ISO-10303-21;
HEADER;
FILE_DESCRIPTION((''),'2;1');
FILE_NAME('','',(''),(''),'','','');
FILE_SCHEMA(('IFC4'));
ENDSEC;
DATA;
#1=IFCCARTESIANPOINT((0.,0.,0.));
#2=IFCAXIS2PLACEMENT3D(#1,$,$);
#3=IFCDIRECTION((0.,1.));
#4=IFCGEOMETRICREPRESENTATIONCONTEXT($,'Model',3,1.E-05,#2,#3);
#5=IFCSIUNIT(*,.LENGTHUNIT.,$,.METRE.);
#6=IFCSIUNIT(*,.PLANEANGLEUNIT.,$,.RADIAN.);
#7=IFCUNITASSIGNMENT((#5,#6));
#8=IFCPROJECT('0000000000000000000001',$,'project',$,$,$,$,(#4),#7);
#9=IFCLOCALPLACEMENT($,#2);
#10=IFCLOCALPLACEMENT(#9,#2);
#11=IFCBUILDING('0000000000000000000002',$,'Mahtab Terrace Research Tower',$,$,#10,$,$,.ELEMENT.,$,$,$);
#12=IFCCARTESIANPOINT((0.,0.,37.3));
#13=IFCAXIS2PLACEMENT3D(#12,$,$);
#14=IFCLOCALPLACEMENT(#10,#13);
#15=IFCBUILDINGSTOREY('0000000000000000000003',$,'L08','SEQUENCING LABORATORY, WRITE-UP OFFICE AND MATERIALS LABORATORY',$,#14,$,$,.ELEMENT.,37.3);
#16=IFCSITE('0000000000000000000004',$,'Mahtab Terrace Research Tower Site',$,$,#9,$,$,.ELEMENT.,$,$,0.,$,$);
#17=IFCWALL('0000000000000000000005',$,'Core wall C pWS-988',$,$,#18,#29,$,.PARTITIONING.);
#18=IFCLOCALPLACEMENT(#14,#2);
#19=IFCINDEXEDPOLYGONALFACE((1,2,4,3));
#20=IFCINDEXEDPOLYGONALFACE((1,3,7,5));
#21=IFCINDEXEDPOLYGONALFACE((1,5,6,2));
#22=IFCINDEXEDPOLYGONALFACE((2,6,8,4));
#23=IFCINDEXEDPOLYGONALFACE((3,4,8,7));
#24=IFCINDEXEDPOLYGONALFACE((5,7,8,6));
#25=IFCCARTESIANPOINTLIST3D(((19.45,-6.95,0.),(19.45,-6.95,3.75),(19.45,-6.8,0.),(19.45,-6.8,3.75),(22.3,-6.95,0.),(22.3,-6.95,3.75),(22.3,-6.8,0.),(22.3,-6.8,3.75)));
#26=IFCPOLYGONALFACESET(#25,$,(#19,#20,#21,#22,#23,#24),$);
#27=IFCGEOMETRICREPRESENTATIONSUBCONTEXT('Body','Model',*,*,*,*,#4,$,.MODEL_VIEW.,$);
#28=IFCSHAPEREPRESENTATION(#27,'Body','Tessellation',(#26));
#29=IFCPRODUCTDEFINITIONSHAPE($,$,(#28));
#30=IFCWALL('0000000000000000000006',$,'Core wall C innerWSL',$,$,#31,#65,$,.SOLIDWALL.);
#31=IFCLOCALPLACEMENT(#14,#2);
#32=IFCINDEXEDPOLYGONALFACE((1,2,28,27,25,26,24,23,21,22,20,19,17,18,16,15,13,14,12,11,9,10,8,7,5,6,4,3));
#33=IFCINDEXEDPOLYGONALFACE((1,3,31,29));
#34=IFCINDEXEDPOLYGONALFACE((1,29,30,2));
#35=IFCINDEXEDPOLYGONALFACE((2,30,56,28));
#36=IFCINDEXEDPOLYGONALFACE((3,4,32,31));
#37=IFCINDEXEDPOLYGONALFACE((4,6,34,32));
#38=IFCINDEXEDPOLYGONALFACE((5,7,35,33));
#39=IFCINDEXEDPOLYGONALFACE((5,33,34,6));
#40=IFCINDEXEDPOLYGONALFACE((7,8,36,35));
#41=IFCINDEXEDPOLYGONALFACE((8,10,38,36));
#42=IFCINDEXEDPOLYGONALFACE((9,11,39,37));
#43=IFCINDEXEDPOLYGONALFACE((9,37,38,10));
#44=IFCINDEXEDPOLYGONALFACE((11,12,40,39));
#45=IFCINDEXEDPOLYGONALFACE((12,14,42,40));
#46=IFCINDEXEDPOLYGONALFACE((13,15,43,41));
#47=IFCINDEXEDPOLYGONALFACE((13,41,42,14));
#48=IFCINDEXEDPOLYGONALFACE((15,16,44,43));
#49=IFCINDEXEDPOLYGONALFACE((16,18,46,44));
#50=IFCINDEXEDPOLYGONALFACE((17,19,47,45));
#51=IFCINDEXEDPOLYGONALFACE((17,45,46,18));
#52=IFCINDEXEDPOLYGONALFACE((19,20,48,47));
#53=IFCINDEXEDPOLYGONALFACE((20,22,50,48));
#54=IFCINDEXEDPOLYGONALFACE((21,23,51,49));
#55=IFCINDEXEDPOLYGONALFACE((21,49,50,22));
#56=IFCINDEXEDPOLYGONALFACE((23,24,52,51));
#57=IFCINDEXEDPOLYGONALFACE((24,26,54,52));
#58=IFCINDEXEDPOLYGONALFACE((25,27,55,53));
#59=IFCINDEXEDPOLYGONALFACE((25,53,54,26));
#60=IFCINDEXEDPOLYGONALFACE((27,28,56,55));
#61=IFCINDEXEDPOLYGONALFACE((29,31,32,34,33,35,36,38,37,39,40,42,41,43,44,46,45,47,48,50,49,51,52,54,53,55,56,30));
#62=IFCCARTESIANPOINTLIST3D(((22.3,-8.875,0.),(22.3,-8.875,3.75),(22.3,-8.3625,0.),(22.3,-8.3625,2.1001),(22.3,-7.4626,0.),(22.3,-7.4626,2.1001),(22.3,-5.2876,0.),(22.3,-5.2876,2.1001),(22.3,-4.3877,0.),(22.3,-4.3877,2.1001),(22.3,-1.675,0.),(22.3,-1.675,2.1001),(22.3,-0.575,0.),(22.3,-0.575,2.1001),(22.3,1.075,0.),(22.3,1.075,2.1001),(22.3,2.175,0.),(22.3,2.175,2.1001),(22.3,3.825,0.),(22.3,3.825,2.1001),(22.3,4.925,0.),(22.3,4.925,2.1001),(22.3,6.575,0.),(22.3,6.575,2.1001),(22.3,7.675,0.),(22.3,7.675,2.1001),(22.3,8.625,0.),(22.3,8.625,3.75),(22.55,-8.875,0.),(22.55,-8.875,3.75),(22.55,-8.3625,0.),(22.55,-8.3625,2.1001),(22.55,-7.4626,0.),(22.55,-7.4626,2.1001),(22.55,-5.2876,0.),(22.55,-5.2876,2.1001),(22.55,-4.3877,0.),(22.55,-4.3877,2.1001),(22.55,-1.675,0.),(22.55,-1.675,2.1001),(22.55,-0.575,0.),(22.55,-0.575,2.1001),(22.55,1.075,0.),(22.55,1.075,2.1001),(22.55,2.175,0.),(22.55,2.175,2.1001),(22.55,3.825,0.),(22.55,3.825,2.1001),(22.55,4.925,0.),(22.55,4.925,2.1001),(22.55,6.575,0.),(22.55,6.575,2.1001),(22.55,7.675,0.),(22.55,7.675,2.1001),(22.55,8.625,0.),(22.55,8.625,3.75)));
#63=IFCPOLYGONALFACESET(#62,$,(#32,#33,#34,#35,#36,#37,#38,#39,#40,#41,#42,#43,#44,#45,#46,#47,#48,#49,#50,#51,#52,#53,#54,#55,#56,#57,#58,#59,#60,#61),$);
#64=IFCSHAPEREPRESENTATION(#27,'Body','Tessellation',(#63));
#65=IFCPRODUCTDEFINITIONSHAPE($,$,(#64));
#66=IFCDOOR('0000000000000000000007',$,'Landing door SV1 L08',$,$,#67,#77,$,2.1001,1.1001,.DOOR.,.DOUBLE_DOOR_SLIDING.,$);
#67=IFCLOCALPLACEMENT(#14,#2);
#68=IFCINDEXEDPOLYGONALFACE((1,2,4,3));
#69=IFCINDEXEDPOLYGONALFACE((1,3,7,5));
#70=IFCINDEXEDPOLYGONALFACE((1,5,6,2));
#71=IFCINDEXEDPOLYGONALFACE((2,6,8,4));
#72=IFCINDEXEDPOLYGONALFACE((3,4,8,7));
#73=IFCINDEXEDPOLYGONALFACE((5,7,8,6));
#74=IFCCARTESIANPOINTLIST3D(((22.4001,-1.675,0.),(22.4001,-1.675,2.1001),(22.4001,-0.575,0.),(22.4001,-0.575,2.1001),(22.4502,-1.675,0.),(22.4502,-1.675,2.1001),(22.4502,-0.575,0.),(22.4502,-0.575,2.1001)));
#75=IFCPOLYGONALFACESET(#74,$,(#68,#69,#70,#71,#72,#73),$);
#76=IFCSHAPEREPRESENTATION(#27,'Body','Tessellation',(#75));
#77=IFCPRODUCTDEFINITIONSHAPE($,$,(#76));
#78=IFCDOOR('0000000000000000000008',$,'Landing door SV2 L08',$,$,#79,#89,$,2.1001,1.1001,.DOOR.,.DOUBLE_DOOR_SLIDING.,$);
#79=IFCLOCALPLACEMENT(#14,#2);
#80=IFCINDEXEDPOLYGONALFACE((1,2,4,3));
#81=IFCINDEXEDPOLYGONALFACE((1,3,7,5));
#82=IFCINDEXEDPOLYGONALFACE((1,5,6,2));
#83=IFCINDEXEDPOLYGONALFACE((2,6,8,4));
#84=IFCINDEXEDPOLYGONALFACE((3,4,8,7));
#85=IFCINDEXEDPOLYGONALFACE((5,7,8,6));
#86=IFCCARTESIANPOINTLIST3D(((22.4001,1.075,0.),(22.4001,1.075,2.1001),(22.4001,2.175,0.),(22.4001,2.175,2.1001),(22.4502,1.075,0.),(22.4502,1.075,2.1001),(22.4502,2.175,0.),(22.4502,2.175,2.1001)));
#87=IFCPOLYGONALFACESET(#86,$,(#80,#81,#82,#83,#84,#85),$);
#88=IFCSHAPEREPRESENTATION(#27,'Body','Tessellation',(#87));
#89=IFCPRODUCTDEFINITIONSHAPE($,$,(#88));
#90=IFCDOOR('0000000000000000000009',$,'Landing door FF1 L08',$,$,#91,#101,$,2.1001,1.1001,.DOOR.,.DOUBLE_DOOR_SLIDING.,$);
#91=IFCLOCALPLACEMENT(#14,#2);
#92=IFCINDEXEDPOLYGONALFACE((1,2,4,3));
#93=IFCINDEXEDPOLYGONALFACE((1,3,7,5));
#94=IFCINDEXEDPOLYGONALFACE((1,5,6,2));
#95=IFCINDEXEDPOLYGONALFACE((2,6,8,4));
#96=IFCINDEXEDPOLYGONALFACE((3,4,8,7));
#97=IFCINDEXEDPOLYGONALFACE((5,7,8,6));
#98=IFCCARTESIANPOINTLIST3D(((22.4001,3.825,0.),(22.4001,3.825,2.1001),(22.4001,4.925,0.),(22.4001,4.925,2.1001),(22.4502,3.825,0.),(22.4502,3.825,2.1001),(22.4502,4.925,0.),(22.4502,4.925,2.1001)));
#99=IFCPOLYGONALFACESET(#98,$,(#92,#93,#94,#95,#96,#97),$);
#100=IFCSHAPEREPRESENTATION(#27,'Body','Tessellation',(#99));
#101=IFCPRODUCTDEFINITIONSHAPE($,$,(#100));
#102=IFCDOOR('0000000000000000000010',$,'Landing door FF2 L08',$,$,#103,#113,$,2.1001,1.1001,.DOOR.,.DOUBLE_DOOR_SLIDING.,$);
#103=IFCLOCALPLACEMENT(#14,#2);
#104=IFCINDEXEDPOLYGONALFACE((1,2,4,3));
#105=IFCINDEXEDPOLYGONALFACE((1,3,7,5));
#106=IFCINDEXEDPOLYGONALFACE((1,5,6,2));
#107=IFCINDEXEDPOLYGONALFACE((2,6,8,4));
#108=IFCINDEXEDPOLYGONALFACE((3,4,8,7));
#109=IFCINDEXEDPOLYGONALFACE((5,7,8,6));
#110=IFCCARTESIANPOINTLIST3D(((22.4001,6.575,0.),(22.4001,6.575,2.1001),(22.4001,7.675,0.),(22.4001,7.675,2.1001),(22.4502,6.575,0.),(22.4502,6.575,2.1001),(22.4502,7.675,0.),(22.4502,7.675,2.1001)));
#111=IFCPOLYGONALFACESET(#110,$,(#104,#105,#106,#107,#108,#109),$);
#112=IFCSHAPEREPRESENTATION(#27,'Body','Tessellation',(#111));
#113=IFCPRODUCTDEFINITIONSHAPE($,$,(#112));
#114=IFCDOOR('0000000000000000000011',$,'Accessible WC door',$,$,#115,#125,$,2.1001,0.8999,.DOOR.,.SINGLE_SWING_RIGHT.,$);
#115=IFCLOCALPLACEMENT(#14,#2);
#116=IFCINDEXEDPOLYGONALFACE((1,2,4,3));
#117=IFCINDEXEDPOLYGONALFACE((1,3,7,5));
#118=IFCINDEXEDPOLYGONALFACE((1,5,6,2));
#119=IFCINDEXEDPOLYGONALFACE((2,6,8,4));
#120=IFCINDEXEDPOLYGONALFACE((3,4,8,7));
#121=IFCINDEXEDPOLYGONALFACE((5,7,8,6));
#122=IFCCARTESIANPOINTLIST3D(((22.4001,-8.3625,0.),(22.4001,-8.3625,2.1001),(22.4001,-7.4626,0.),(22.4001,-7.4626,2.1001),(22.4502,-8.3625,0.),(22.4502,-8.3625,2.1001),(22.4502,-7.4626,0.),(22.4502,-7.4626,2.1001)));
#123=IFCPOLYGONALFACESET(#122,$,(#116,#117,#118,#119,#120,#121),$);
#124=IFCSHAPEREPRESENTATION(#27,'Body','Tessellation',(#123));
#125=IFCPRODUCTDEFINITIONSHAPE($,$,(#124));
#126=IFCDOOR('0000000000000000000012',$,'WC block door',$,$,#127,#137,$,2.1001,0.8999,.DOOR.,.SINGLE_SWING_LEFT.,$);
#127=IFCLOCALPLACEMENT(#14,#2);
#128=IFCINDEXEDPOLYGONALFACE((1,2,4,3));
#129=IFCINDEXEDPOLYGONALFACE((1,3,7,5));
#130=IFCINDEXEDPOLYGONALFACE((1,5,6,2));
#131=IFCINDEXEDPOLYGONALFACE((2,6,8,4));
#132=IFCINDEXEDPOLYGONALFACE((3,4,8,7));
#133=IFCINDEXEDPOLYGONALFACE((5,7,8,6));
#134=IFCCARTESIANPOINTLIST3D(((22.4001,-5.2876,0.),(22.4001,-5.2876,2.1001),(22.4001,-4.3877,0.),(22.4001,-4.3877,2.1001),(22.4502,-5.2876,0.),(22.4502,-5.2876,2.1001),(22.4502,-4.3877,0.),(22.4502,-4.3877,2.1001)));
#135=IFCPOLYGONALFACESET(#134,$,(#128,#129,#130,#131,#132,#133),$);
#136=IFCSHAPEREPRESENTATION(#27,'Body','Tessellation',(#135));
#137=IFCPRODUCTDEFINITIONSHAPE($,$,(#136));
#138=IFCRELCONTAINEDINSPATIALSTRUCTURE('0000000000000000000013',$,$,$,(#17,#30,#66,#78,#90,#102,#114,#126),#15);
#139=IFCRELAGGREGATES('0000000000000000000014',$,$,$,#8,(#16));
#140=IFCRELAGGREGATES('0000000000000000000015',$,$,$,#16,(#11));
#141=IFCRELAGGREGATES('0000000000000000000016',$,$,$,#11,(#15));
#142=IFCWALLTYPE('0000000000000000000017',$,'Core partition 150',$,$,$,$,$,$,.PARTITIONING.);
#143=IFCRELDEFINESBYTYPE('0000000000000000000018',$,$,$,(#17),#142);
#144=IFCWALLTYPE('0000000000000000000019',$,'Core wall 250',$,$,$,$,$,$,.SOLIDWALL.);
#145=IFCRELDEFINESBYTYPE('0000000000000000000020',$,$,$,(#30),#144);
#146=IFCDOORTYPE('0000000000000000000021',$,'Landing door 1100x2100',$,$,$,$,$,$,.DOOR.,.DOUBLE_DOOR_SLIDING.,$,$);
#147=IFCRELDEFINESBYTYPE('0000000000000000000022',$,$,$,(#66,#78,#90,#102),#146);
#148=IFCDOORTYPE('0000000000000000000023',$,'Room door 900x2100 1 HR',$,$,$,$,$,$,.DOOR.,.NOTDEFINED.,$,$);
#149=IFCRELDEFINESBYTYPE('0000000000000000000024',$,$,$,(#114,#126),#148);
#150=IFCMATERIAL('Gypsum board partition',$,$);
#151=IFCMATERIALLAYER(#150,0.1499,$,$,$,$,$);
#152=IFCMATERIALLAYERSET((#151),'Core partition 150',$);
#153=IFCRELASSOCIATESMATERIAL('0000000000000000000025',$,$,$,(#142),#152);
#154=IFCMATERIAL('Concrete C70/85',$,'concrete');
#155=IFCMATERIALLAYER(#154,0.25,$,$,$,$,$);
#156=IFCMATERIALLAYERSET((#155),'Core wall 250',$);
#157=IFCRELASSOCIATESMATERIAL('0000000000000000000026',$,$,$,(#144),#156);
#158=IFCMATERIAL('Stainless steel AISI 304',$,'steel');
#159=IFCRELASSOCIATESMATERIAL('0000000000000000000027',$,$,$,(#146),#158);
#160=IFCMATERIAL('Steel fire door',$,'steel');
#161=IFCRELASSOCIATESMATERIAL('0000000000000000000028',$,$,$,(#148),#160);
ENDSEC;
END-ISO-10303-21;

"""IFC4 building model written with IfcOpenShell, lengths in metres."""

from ifc_helpers import new_model, si_unit, direction, frame, frame_2d, origin, place, context, subcontext, project, spatial, rectangle, extrude, material, layer, layer_set, type_object, element, fill, save


model = new_model("IFC4")

# Units and contexts
model_context = context("Model", 3, precision=1e-05, world=origin(), true_north=direction((0.0, 1.0)))
body_context = subcontext(model_context, "Body", "Model", "MODEL_VIEW")
ifc_project = project(units=[si_unit("LENGTHUNIT", "METRE"), si_unit("PLANEANGLEUNIT", "RADIAN")], contexts=[model_context])

# Site, building, storey
site_placement = place(None, origin())
site = spatial("IfcSite", under=ifc_project, at=site_placement, Name="Mahtab Terrace Research Tower Site", CompositionType="ELEMENT", RefElevation=0.0)
building_placement = place(site_placement, origin())
building = spatial("IfcBuilding", under=site, at=building_placement, Name="Mahtab Terrace Research Tower", CompositionType="ELEMENT")
storey_placement = place(building_placement, frame((0.0, 0.0, 37.3)))
storey = spatial("IfcBuildingStorey", under=building, at=storey_placement, Name="L08", Description="SEQUENCING LABORATORY, WRITE-UP OFFICE AND MATERIALS LABORATORY", CompositionType="ELEMENT", Elevation=37.3)

# Wall
ifc_material_1 = material(Name="Gypsum board partition")
ifc_layer_1 = layer(ifc_material_1, 0.1499)
ifc_layer_set_1 = layer_set([ifc_layer_1], Name="Core partition 150")
wall_type_1 = type_object("IfcWallType", Name="Core partition 150", PredefinedType="PARTITIONING", material=ifc_layer_set_1)
wall_1_placement = place(storey_placement, frame((19.45, -6.875, 0.0), z_axis=(0.0, 0.0, 1.0), x_axis=(1.0, 0.0, 0.0)))
element("IfcWall", 1, at=wall_1_placement, inside=storey, type_object=wall_type_1, Name="Core wall C pWS-988", PredefinedType="PARTITIONING", context=body_context, shape_type="SweptSolid", body=[
    extrude(rectangle(XDim=2.8501, YDim=0.1499, at=frame_2d((1.425, 0.0))), origin(), (0.0, 0.0, 1.0), 3.75),
])

# Wall, openings, doors
ifc_material_2 = material(Name="Concrete C70/85", Category="concrete")
ifc_layer_2 = layer(ifc_material_2, 0.25)
ifc_layer_set_2 = layer_set([ifc_layer_2], Name="Core wall 250")
wall_type_2 = type_object("IfcWallType", Name="Core wall 250", PredefinedType="SOLIDWALL", material=ifc_layer_set_2)
wall_2_placement = place(storey_placement, frame((22.425, -8.875, 0.0), z_axis=(0.0, 0.0, 1.0), x_axis=(0.0, 1.0, 0.0)))
wall_2 = element("IfcWall", 2, at=wall_2_placement, inside=storey, type_object=wall_type_2, Name="Core wall C innerWSL", PredefinedType="SOLIDWALL", context=body_context, shape_type="SweptSolid", body=[
    extrude(rectangle(XDim=17.5, YDim=0.25, at=frame_2d((8.75, 0.0))), origin(), (0.0, 0.0, 1.0), 3.75),
])
opening_1_placement = place(wall_2_placement, frame((7.2, 0.0, 0.0)))
opening_1 = element("IfcOpeningElement", 3, at=opening_1_placement, cuts=wall_2, PredefinedType="OPENING", context=body_context, shape_type="SweptSolid", body=[
    extrude(rectangle(XDim=1.1001, YDim=2.1001, at=frame_2d((0.55, 1.05))), frame((0.0, 0.135, 0.0), z_axis=(0.0, -1.0, 0.0), x_axis=(1.0, 0.0, 0.0)), (0.0, 0.0, 1.0), 0.27),
])
opening_2_placement = place(wall_2_placement, frame((9.95, 0.0, 0.0)))
opening_2 = element("IfcOpeningElement", 4, at=opening_2_placement, cuts=wall_2, PredefinedType="OPENING", context=body_context, shape_type="SweptSolid", body=[
    extrude(rectangle(XDim=1.1001, YDim=2.1001, at=frame_2d((0.55, 1.05))), frame((0.0, 0.135, 0.0), z_axis=(0.0, -1.0, 0.0), x_axis=(1.0, 0.0, 0.0)), (0.0, 0.0, 1.0), 0.27),
])
opening_3_placement = place(wall_2_placement, frame((12.7, 0.0, 0.0)))
opening_3 = element("IfcOpeningElement", 5, at=opening_3_placement, cuts=wall_2, PredefinedType="OPENING", context=body_context, shape_type="SweptSolid", body=[
    extrude(rectangle(XDim=1.1001, YDim=2.1001, at=frame_2d((0.55, 1.05))), frame((0.0, 0.135, 0.0), z_axis=(0.0, -1.0, 0.0), x_axis=(1.0, 0.0, 0.0)), (0.0, 0.0, 1.0), 0.27),
])
opening_4_placement = place(wall_2_placement, frame((15.45, 0.0, 0.0)))
opening_4 = element("IfcOpeningElement", 6, at=opening_4_placement, cuts=wall_2, PredefinedType="OPENING", context=body_context, shape_type="SweptSolid", body=[
    extrude(rectangle(XDim=1.1001, YDim=2.1001, at=frame_2d((0.55, 1.05))), frame((0.0, 0.135, 0.0), z_axis=(0.0, -1.0, 0.0), x_axis=(1.0, 0.0, 0.0)), (0.0, 0.0, 1.0), 0.27),
])
opening_5_placement = place(wall_2_placement, frame((0.5125, 0.0, 0.0)))
opening_5 = element("IfcOpeningElement", 7, at=opening_5_placement, cuts=wall_2, PredefinedType="OPENING", context=body_context, shape_type="SweptSolid", body=[
    extrude(rectangle(XDim=0.8999, YDim=2.1001, at=frame_2d((0.45, 1.05))), frame((0.0, 0.135, 0.0), z_axis=(0.0, -1.0, 0.0), x_axis=(1.0, 0.0, 0.0)), (0.0, 0.0, 1.0), 0.27),
])
opening_6_placement = place(wall_2_placement, frame((3.5874, 0.0, 0.0)))
opening_6 = element("IfcOpeningElement", 8, at=opening_6_placement, cuts=wall_2, PredefinedType="OPENING", context=body_context, shape_type="SweptSolid", body=[
    extrude(rectangle(XDim=0.8999, YDim=2.1001, at=frame_2d((0.45, 1.05))), frame((0.0, 0.135, 0.0), z_axis=(0.0, -1.0, 0.0), x_axis=(1.0, 0.0, 0.0)), (0.0, 0.0, 1.0), 0.27),
])
ifc_material_3 = material(Name="Stainless steel AISI 304", Category="steel")
door_type_1 = type_object("IfcDoorType", Name="Landing door 1100x2100", OperationType="DOUBLE_DOOR_SLIDING", PredefinedType="DOOR", material=ifc_material_3)
door_1_placement = place(opening_1_placement, origin())
door_1 = element("IfcDoor", 9, at=door_1_placement, inside=storey, type_object=door_type_1, Name="Landing door SV1 L08", OperationType="DOUBLE_DOOR_SLIDING", OverallHeight=2.1001, OverallWidth=1.1001, PredefinedType="DOOR", context=body_context, shape_type="SweptSolid", body=[
    extrude(rectangle(XDim=1.1001, YDim=2.1001, at=frame_2d((0.55, 1.05))), frame((0.0, 0.0249, 0.0), z_axis=(0.0, -1.0, 0.0), x_axis=(1.0, 0.0, 0.0)), (0.0, 0.0, 1.0), 0.05),
])
fill(opening_1, door_1)
door_2_placement = place(opening_2_placement, origin())
door_2 = element("IfcDoor", 10, at=door_2_placement, inside=storey, type_object=door_type_1, Name="Landing door SV2 L08", OperationType="DOUBLE_DOOR_SLIDING", OverallHeight=2.1001, OverallWidth=1.1001, PredefinedType="DOOR", context=body_context, shape_type="SweptSolid", body=[
    extrude(rectangle(XDim=1.1001, YDim=2.1001, at=frame_2d((0.55, 1.05))), frame((0.0, 0.0249, 0.0), z_axis=(0.0, -1.0, 0.0), x_axis=(1.0, 0.0, 0.0)), (0.0, 0.0, 1.0), 0.05),
])
fill(opening_2, door_2)
door_3_placement = place(opening_3_placement, origin())
door_3 = element("IfcDoor", 11, at=door_3_placement, inside=storey, type_object=door_type_1, Name="Landing door FF1 L08", OperationType="DOUBLE_DOOR_SLIDING", OverallHeight=2.1001, OverallWidth=1.1001, PredefinedType="DOOR", context=body_context, shape_type="SweptSolid", body=[
    extrude(rectangle(XDim=1.1001, YDim=2.1001, at=frame_2d((0.55, 1.05))), frame((0.0, 0.0249, 0.0), z_axis=(0.0, -1.0, 0.0), x_axis=(1.0, 0.0, 0.0)), (0.0, 0.0, 1.0), 0.05),
])
fill(opening_3, door_3)
door_4_placement = place(opening_4_placement, origin())
door_4 = element("IfcDoor", 12, at=door_4_placement, inside=storey, type_object=door_type_1, Name="Landing door FF2 L08", OperationType="DOUBLE_DOOR_SLIDING", OverallHeight=2.1001, OverallWidth=1.1001, PredefinedType="DOOR", context=body_context, shape_type="SweptSolid", body=[
    extrude(rectangle(XDim=1.1001, YDim=2.1001, at=frame_2d((0.55, 1.05))), frame((0.0, 0.0249, 0.0), z_axis=(0.0, -1.0, 0.0), x_axis=(1.0, 0.0, 0.0)), (0.0, 0.0, 1.0), 0.05),
])
fill(opening_4, door_4)
ifc_material_4 = material(Name="Steel fire door", Category="steel")
door_type_2 = type_object("IfcDoorType", Name="Room door 900x2100 1 HR", OperationType="NOTDEFINED", PredefinedType="DOOR", material=ifc_material_4)
door_5_placement = place(opening_5_placement, origin())
door_5 = element("IfcDoor", 13, at=door_5_placement, inside=storey, type_object=door_type_2, Name="Accessible WC door", OperationType="SINGLE_SWING_RIGHT", OverallHeight=2.1001, OverallWidth=0.8999, PredefinedType="DOOR", context=body_context, shape_type="SweptSolid", body=[
    extrude(rectangle(XDim=0.8999, YDim=2.1001, at=frame_2d((0.45, 1.05))), frame((0.0, 0.0249, 0.0), z_axis=(0.0, -1.0, 0.0), x_axis=(1.0, 0.0, 0.0)), (0.0, 0.0, 1.0), 0.05),
])
fill(opening_5, door_5)
door_6_placement = place(opening_6_placement, origin())
door_6 = element("IfcDoor", 14, at=door_6_placement, inside=storey, type_object=door_type_2, Name="WC block door", OperationType="SINGLE_SWING_LEFT", OverallHeight=2.1001, OverallWidth=0.8999, PredefinedType="DOOR", context=body_context, shape_type="SweptSolid", body=[
    extrude(rectangle(XDim=0.8999, YDim=2.1001, at=frame_2d((0.45, 1.05))), frame((0.0, 0.0249, 0.0), z_axis=(0.0, -1.0, 0.0), x_axis=(1.0, 0.0, 0.0)), (0.0, 0.0, 1.0), 0.05),
])
fill(opening_6, door_6)

save(model, "model.ifc")
